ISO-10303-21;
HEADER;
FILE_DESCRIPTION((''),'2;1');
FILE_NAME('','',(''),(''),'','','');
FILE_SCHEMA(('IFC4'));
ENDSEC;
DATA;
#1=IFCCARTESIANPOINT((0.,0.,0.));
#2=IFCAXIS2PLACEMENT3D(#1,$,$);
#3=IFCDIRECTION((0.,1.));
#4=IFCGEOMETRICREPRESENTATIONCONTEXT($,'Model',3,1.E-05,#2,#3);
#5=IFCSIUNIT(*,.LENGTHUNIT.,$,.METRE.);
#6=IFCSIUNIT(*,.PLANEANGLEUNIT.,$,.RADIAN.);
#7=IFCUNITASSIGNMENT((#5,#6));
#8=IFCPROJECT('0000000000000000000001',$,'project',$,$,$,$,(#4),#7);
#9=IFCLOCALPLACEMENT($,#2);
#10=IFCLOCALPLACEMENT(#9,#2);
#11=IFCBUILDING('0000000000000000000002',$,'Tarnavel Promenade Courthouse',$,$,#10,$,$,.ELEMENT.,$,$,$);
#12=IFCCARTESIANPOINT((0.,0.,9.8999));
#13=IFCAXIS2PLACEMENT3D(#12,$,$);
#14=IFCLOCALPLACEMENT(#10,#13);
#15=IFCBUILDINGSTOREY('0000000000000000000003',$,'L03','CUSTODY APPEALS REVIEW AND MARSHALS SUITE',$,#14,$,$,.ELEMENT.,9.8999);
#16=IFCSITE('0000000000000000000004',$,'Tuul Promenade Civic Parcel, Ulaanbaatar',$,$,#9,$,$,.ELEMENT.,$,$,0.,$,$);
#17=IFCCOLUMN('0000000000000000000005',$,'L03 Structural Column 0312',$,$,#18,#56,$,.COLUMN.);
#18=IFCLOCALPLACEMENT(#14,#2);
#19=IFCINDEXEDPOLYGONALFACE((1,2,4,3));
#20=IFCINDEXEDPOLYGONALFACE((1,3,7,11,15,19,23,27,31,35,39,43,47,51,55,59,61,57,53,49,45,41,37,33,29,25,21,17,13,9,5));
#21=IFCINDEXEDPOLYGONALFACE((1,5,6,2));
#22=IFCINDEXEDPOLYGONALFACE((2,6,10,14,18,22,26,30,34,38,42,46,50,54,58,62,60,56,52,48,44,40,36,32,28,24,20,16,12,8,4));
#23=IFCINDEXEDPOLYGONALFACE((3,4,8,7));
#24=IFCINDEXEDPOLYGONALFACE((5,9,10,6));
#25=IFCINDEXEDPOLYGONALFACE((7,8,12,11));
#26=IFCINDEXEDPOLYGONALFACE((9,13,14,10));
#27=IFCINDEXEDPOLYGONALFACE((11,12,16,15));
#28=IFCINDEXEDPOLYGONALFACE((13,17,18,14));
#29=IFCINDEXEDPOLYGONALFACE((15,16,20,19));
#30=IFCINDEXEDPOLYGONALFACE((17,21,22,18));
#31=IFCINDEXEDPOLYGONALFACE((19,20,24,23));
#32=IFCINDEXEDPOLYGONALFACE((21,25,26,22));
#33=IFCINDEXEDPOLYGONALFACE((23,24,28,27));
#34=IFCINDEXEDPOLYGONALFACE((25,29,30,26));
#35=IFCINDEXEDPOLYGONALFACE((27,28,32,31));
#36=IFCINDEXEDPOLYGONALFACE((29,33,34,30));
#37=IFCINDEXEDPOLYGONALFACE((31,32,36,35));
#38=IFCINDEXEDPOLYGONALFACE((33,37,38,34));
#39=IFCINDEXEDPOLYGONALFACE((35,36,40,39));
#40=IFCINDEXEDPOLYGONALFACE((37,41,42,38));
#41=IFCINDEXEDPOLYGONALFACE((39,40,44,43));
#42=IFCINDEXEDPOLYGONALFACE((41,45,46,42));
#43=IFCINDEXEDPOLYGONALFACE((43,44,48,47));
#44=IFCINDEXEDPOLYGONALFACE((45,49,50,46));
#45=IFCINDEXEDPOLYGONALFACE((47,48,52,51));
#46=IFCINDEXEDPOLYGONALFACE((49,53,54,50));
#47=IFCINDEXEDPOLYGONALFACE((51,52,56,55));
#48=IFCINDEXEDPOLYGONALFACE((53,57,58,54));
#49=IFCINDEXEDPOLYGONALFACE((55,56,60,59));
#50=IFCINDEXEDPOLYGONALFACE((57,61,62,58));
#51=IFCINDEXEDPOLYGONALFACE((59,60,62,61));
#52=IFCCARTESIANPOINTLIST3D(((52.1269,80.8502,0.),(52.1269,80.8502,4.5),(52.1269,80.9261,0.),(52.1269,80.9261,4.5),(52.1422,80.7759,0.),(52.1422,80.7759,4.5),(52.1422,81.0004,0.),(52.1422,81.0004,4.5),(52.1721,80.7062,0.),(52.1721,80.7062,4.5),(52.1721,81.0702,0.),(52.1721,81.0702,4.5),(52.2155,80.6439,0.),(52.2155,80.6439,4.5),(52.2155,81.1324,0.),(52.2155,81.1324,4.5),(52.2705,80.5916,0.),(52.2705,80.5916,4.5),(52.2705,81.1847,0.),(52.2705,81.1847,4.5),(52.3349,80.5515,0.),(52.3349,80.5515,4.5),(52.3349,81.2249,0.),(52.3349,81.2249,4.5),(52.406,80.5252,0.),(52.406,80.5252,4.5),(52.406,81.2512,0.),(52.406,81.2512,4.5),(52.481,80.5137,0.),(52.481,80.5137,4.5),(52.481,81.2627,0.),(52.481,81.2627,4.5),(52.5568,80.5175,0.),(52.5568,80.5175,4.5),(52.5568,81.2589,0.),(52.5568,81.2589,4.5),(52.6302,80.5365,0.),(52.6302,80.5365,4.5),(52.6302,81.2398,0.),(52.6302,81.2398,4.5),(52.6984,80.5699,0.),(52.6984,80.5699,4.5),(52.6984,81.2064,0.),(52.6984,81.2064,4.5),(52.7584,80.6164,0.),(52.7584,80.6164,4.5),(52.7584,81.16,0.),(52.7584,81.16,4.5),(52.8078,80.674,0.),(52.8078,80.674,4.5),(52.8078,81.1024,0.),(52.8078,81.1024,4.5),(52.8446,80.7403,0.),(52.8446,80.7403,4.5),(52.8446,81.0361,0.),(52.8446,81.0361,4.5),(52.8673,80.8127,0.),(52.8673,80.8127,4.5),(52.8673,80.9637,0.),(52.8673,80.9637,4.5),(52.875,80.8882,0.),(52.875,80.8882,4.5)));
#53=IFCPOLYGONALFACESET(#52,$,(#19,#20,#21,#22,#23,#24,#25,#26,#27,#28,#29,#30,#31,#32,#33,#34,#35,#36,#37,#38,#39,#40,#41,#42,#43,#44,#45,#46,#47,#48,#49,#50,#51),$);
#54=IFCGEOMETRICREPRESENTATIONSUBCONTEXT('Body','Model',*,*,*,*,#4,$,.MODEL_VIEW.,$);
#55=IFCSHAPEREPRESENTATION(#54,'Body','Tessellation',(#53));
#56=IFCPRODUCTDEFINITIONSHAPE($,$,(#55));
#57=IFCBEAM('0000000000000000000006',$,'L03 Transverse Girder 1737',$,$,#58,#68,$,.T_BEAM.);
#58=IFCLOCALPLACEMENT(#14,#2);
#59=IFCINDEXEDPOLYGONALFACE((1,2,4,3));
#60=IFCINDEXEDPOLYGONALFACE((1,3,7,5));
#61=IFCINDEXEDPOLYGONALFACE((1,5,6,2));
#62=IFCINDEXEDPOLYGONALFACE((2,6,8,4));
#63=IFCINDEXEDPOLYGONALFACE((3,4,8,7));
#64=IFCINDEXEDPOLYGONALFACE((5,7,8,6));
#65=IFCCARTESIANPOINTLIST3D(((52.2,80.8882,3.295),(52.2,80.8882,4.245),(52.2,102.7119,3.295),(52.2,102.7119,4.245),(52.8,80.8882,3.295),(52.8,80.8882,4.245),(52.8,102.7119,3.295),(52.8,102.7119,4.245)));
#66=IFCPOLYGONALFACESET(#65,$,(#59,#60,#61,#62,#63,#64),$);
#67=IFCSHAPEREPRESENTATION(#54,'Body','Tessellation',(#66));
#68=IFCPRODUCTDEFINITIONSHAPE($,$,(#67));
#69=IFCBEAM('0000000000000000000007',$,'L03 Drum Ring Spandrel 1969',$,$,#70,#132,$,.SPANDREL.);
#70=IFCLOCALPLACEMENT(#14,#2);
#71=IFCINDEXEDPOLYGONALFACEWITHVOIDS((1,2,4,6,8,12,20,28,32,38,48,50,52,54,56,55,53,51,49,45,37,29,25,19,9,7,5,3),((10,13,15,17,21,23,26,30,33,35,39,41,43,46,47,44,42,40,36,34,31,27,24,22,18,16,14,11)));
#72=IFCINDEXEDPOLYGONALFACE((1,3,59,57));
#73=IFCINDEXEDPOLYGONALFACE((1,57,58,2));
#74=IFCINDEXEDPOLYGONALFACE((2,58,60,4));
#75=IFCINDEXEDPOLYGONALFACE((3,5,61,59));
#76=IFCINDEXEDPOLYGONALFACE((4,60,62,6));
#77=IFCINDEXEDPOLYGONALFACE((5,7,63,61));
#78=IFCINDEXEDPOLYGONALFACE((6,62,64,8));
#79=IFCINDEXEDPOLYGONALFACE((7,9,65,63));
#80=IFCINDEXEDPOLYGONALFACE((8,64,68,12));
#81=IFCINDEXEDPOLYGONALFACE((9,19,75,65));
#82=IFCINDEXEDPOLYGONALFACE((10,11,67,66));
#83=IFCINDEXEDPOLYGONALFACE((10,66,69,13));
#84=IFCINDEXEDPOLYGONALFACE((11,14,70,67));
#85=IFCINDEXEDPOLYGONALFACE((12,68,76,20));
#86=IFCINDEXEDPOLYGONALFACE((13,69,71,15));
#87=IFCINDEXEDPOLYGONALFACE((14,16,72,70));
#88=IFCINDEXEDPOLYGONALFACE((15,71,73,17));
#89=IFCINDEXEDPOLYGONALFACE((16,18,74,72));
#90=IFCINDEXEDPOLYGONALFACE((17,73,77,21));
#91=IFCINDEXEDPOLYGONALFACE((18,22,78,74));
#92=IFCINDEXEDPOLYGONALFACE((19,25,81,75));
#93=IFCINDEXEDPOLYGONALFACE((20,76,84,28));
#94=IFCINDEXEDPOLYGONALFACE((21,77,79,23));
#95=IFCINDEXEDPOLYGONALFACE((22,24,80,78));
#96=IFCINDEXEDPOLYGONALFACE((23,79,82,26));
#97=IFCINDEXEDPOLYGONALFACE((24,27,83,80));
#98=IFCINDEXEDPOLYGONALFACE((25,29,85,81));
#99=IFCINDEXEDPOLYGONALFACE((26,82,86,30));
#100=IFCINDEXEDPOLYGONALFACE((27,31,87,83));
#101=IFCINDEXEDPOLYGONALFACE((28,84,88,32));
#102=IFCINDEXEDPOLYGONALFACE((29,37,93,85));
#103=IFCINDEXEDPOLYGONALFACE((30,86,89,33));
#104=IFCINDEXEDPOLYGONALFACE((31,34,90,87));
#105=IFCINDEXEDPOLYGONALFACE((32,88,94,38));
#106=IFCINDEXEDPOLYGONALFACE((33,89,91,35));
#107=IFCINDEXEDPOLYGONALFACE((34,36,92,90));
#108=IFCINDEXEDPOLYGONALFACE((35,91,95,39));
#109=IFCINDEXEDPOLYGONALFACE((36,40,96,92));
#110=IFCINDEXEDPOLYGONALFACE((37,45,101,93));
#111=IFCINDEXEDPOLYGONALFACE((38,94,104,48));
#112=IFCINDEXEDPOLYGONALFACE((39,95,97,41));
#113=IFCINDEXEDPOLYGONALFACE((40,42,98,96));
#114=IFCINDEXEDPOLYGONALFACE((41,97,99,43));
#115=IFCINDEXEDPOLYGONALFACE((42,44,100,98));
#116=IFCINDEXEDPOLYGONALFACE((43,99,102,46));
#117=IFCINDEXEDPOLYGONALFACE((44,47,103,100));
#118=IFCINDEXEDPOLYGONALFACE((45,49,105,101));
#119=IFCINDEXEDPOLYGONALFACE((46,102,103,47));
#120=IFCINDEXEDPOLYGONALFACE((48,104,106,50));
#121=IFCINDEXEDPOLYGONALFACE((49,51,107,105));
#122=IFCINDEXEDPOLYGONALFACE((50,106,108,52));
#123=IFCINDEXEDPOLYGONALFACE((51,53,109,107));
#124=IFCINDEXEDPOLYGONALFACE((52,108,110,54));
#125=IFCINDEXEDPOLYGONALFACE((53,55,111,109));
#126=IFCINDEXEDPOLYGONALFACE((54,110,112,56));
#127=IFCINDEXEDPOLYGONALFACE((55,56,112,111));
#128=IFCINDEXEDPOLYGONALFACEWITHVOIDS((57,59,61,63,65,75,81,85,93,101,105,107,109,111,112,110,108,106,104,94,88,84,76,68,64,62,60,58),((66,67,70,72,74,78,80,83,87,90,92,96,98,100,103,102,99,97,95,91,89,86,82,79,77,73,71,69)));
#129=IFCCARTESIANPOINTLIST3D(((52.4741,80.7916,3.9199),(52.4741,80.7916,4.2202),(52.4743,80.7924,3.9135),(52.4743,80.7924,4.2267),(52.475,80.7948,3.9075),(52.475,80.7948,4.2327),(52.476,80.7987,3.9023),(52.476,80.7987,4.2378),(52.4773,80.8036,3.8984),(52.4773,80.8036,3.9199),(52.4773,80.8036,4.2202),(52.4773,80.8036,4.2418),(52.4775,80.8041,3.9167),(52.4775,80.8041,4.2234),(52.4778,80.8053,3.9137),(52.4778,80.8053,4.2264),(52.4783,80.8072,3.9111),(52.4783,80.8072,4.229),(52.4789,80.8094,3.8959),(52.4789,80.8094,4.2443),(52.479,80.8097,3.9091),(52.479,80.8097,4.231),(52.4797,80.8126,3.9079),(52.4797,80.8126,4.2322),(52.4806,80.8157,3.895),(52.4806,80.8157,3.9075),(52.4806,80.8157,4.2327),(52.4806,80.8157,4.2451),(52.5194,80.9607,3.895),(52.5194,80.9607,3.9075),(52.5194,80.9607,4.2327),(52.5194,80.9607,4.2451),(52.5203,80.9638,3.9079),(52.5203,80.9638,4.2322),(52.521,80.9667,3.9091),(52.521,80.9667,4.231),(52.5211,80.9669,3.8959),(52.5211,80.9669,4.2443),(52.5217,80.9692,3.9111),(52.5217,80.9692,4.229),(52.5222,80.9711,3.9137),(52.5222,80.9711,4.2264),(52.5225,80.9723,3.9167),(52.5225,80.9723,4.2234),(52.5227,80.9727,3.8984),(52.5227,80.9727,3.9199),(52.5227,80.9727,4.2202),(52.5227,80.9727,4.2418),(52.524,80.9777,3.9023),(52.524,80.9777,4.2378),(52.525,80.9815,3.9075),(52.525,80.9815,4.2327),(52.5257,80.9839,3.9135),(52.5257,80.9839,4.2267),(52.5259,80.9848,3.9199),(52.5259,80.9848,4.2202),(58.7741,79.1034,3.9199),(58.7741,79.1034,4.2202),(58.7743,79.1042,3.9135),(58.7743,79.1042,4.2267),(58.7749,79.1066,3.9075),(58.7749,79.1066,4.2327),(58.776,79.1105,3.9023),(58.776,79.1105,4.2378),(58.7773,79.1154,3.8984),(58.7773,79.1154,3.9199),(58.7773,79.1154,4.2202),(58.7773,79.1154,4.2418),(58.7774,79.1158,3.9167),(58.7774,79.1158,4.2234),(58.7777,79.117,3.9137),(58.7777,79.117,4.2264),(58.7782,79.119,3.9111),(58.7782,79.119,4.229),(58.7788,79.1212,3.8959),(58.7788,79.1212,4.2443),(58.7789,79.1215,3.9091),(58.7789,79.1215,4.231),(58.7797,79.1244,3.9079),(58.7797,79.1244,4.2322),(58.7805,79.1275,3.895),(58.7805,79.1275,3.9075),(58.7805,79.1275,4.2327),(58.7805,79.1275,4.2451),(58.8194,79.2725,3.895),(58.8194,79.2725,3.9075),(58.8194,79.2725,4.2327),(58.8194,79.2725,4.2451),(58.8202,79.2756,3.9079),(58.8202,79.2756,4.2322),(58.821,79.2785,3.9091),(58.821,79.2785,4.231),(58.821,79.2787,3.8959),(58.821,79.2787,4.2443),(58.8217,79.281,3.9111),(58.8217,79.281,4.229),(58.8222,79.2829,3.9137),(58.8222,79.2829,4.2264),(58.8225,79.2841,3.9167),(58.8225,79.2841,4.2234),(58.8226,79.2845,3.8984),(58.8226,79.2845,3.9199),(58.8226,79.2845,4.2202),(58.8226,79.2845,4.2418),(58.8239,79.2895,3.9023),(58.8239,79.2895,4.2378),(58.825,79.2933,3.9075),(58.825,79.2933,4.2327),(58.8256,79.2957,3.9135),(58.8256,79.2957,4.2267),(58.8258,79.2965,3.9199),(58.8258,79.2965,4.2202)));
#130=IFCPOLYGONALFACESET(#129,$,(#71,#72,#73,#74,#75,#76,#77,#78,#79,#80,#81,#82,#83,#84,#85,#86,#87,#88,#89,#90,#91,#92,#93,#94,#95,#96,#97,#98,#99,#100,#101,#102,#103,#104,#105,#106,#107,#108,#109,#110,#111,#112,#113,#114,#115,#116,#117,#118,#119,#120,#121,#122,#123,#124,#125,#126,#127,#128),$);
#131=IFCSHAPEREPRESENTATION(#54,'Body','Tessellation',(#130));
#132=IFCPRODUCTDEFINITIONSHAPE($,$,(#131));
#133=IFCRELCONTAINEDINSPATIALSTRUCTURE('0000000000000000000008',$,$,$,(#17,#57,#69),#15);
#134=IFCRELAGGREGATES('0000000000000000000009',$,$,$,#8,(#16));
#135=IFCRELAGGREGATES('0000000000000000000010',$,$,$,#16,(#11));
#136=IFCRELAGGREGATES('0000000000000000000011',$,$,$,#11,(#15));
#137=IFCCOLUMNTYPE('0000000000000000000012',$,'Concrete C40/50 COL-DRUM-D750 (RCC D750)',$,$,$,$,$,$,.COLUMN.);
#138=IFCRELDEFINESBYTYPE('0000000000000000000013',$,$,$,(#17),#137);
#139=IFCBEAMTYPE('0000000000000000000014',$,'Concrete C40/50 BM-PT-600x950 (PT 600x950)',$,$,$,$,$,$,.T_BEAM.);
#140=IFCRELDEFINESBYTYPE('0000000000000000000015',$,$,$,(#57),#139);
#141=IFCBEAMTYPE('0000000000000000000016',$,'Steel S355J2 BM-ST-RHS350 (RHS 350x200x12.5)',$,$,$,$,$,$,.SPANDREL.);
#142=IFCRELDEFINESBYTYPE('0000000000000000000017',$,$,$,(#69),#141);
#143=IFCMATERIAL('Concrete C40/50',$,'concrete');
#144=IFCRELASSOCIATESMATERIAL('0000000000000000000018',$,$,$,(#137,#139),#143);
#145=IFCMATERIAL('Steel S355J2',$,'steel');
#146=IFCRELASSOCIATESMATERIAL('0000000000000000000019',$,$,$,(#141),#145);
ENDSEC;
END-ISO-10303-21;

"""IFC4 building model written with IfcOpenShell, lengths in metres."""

from ifc_helpers import new_model, si_unit, direction, frame, origin, origin_2d, place, context, subcontext, project, spatial, rectangle, hollow_rectangle, circle, extrude, material, material_profile, profile_set, type_object, element, save


model = new_model("IFC4")

# Units and contexts
model_context = context("Model", 3, precision=1e-05, world=origin(), true_north=direction((0.0, 1.0)))
body_context = subcontext(model_context, "Body", "Model", "MODEL_VIEW")
ifc_project = project(units=[si_unit("LENGTHUNIT", "METRE"), si_unit("PLANEANGLEUNIT", "RADIAN")], contexts=[model_context])

# Site, building, storey
site_placement = place(None, origin())
site = spatial("IfcSite", under=ifc_project, at=site_placement, Name="Tuul Promenade Civic Parcel, Ulaanbaatar", CompositionType="ELEMENT", RefElevation=0.0)
building_placement = place(site_placement, origin())
building = spatial("IfcBuilding", under=site, at=building_placement, Name="Tarnavel Promenade Courthouse", CompositionType="ELEMENT")
storey_placement = place(building_placement, frame((0.0, 0.0, 9.8999)))
storey = spatial("IfcBuildingStorey", under=building, at=storey_placement, Name="L03", Description="CUSTODY APPEALS REVIEW AND MARSHALS SUITE", CompositionType="ELEMENT", Elevation=9.8999)

# Column
ifc_material_1 = material(Name="Concrete C40/50", Category="concrete")
ifc_material_profile_1 = material_profile(ifc_material_1, circle(Radius=0.375, at=origin_2d()), Name="RCC D750")
ifc_profile_set_1 = profile_set([ifc_material_profile_1], Name="Concrete C40/50")
column_type = type_object("IfcColumnType", Name="Concrete C40/50 COL-DRUM-D750 (RCC D750)", PredefinedType="COLUMN", material=ifc_profile_set_1)
column_placement = place(storey_placement, frame((52.5, 80.8882, 0.0), z_axis=(0.0, 0.0, 1.0), x_axis=(1.0, 0.0, 0.0)))
element("IfcColumn", 1, at=column_placement, inside=storey, type_object=column_type, Name="L03 Structural Column 0312", PredefinedType="COLUMN", context=body_context, shape_type="SweptSolid", body=[
    extrude(circle(Radius=0.375, at=origin_2d()), origin(), (0.0, 0.0, 1.0), 4.5),
])

# Beams
ifc_material_profile_2 = material_profile(ifc_material_1, rectangle(XDim=0.6001, YDim=0.95, at=origin_2d()), Name="PT 600x950")
ifc_profile_set_2 = profile_set([ifc_material_profile_2], Name="Concrete C40/50")
beam_type_1 = type_object("IfcBeamType", Name="Concrete C40/50 BM-PT-600x950 (PT 600x950)", PredefinedType="T_BEAM", material=ifc_profile_set_2)
beam_1_placement = place(storey_placement, frame((52.5, 80.8882, 3.77), z_axis=(0.0, 1.0, 0.0), x_axis=(-1.0, 0.0, 0.0)))
element("IfcBeam", 2, at=beam_1_placement, inside=storey, type_object=beam_type_1, Name="L03 Transverse Girder 1737", PredefinedType="T_BEAM", context=body_context, shape_type="SweptSolid", body=[
    extrude(rectangle(XDim=0.6001, YDim=0.95, at=origin_2d()), origin(), (0.0, 0.0, 1.0), 21.8237),
])
ifc_material_2 = material(Name="Steel S355J2", Category="steel")
ifc_material_profile_3 = material_profile(ifc_material_2, hollow_rectangle(XDim=0.2, YDim=0.3501, WallThickness=0.0125, InnerFilletRadius=0.0125, OuterFilletRadius=0.0249, at=origin_2d()), Name="RHS 350x200x12.5")
ifc_profile_set_3 = profile_set([ifc_material_profile_3], Name="Steel S355J2")
beam_type_2 = type_object("IfcBeamType", Name="Steel S355J2 BM-ST-RHS350 (RHS 350x200x12.5)", PredefinedType="SPANDREL", material=ifc_profile_set_3)
beam_2_placement = place(storey_placement, frame((52.5, 80.8882, 4.0701), z_axis=(0.96592, -0.258839, 0.0), x_axis=(0.258839, 0.96592, 0.0)))
element("IfcBeam", 3, at=beam_2_placement, inside=storey, type_object=beam_type_2, Name="L03 Drum Ring Spandrel 1969", PredefinedType="SPANDREL", context=body_context, shape_type="SweptSolid", body=[
    extrude(hollow_rectangle(XDim=0.2, YDim=0.3501, WallThickness=0.0125, InnerFilletRadius=0.0125, OuterFilletRadius=0.0249, at=origin_2d()), origin(), (0.0, 0.0, 1.0), 6.5222),
])

save(model, "model.ifc")
